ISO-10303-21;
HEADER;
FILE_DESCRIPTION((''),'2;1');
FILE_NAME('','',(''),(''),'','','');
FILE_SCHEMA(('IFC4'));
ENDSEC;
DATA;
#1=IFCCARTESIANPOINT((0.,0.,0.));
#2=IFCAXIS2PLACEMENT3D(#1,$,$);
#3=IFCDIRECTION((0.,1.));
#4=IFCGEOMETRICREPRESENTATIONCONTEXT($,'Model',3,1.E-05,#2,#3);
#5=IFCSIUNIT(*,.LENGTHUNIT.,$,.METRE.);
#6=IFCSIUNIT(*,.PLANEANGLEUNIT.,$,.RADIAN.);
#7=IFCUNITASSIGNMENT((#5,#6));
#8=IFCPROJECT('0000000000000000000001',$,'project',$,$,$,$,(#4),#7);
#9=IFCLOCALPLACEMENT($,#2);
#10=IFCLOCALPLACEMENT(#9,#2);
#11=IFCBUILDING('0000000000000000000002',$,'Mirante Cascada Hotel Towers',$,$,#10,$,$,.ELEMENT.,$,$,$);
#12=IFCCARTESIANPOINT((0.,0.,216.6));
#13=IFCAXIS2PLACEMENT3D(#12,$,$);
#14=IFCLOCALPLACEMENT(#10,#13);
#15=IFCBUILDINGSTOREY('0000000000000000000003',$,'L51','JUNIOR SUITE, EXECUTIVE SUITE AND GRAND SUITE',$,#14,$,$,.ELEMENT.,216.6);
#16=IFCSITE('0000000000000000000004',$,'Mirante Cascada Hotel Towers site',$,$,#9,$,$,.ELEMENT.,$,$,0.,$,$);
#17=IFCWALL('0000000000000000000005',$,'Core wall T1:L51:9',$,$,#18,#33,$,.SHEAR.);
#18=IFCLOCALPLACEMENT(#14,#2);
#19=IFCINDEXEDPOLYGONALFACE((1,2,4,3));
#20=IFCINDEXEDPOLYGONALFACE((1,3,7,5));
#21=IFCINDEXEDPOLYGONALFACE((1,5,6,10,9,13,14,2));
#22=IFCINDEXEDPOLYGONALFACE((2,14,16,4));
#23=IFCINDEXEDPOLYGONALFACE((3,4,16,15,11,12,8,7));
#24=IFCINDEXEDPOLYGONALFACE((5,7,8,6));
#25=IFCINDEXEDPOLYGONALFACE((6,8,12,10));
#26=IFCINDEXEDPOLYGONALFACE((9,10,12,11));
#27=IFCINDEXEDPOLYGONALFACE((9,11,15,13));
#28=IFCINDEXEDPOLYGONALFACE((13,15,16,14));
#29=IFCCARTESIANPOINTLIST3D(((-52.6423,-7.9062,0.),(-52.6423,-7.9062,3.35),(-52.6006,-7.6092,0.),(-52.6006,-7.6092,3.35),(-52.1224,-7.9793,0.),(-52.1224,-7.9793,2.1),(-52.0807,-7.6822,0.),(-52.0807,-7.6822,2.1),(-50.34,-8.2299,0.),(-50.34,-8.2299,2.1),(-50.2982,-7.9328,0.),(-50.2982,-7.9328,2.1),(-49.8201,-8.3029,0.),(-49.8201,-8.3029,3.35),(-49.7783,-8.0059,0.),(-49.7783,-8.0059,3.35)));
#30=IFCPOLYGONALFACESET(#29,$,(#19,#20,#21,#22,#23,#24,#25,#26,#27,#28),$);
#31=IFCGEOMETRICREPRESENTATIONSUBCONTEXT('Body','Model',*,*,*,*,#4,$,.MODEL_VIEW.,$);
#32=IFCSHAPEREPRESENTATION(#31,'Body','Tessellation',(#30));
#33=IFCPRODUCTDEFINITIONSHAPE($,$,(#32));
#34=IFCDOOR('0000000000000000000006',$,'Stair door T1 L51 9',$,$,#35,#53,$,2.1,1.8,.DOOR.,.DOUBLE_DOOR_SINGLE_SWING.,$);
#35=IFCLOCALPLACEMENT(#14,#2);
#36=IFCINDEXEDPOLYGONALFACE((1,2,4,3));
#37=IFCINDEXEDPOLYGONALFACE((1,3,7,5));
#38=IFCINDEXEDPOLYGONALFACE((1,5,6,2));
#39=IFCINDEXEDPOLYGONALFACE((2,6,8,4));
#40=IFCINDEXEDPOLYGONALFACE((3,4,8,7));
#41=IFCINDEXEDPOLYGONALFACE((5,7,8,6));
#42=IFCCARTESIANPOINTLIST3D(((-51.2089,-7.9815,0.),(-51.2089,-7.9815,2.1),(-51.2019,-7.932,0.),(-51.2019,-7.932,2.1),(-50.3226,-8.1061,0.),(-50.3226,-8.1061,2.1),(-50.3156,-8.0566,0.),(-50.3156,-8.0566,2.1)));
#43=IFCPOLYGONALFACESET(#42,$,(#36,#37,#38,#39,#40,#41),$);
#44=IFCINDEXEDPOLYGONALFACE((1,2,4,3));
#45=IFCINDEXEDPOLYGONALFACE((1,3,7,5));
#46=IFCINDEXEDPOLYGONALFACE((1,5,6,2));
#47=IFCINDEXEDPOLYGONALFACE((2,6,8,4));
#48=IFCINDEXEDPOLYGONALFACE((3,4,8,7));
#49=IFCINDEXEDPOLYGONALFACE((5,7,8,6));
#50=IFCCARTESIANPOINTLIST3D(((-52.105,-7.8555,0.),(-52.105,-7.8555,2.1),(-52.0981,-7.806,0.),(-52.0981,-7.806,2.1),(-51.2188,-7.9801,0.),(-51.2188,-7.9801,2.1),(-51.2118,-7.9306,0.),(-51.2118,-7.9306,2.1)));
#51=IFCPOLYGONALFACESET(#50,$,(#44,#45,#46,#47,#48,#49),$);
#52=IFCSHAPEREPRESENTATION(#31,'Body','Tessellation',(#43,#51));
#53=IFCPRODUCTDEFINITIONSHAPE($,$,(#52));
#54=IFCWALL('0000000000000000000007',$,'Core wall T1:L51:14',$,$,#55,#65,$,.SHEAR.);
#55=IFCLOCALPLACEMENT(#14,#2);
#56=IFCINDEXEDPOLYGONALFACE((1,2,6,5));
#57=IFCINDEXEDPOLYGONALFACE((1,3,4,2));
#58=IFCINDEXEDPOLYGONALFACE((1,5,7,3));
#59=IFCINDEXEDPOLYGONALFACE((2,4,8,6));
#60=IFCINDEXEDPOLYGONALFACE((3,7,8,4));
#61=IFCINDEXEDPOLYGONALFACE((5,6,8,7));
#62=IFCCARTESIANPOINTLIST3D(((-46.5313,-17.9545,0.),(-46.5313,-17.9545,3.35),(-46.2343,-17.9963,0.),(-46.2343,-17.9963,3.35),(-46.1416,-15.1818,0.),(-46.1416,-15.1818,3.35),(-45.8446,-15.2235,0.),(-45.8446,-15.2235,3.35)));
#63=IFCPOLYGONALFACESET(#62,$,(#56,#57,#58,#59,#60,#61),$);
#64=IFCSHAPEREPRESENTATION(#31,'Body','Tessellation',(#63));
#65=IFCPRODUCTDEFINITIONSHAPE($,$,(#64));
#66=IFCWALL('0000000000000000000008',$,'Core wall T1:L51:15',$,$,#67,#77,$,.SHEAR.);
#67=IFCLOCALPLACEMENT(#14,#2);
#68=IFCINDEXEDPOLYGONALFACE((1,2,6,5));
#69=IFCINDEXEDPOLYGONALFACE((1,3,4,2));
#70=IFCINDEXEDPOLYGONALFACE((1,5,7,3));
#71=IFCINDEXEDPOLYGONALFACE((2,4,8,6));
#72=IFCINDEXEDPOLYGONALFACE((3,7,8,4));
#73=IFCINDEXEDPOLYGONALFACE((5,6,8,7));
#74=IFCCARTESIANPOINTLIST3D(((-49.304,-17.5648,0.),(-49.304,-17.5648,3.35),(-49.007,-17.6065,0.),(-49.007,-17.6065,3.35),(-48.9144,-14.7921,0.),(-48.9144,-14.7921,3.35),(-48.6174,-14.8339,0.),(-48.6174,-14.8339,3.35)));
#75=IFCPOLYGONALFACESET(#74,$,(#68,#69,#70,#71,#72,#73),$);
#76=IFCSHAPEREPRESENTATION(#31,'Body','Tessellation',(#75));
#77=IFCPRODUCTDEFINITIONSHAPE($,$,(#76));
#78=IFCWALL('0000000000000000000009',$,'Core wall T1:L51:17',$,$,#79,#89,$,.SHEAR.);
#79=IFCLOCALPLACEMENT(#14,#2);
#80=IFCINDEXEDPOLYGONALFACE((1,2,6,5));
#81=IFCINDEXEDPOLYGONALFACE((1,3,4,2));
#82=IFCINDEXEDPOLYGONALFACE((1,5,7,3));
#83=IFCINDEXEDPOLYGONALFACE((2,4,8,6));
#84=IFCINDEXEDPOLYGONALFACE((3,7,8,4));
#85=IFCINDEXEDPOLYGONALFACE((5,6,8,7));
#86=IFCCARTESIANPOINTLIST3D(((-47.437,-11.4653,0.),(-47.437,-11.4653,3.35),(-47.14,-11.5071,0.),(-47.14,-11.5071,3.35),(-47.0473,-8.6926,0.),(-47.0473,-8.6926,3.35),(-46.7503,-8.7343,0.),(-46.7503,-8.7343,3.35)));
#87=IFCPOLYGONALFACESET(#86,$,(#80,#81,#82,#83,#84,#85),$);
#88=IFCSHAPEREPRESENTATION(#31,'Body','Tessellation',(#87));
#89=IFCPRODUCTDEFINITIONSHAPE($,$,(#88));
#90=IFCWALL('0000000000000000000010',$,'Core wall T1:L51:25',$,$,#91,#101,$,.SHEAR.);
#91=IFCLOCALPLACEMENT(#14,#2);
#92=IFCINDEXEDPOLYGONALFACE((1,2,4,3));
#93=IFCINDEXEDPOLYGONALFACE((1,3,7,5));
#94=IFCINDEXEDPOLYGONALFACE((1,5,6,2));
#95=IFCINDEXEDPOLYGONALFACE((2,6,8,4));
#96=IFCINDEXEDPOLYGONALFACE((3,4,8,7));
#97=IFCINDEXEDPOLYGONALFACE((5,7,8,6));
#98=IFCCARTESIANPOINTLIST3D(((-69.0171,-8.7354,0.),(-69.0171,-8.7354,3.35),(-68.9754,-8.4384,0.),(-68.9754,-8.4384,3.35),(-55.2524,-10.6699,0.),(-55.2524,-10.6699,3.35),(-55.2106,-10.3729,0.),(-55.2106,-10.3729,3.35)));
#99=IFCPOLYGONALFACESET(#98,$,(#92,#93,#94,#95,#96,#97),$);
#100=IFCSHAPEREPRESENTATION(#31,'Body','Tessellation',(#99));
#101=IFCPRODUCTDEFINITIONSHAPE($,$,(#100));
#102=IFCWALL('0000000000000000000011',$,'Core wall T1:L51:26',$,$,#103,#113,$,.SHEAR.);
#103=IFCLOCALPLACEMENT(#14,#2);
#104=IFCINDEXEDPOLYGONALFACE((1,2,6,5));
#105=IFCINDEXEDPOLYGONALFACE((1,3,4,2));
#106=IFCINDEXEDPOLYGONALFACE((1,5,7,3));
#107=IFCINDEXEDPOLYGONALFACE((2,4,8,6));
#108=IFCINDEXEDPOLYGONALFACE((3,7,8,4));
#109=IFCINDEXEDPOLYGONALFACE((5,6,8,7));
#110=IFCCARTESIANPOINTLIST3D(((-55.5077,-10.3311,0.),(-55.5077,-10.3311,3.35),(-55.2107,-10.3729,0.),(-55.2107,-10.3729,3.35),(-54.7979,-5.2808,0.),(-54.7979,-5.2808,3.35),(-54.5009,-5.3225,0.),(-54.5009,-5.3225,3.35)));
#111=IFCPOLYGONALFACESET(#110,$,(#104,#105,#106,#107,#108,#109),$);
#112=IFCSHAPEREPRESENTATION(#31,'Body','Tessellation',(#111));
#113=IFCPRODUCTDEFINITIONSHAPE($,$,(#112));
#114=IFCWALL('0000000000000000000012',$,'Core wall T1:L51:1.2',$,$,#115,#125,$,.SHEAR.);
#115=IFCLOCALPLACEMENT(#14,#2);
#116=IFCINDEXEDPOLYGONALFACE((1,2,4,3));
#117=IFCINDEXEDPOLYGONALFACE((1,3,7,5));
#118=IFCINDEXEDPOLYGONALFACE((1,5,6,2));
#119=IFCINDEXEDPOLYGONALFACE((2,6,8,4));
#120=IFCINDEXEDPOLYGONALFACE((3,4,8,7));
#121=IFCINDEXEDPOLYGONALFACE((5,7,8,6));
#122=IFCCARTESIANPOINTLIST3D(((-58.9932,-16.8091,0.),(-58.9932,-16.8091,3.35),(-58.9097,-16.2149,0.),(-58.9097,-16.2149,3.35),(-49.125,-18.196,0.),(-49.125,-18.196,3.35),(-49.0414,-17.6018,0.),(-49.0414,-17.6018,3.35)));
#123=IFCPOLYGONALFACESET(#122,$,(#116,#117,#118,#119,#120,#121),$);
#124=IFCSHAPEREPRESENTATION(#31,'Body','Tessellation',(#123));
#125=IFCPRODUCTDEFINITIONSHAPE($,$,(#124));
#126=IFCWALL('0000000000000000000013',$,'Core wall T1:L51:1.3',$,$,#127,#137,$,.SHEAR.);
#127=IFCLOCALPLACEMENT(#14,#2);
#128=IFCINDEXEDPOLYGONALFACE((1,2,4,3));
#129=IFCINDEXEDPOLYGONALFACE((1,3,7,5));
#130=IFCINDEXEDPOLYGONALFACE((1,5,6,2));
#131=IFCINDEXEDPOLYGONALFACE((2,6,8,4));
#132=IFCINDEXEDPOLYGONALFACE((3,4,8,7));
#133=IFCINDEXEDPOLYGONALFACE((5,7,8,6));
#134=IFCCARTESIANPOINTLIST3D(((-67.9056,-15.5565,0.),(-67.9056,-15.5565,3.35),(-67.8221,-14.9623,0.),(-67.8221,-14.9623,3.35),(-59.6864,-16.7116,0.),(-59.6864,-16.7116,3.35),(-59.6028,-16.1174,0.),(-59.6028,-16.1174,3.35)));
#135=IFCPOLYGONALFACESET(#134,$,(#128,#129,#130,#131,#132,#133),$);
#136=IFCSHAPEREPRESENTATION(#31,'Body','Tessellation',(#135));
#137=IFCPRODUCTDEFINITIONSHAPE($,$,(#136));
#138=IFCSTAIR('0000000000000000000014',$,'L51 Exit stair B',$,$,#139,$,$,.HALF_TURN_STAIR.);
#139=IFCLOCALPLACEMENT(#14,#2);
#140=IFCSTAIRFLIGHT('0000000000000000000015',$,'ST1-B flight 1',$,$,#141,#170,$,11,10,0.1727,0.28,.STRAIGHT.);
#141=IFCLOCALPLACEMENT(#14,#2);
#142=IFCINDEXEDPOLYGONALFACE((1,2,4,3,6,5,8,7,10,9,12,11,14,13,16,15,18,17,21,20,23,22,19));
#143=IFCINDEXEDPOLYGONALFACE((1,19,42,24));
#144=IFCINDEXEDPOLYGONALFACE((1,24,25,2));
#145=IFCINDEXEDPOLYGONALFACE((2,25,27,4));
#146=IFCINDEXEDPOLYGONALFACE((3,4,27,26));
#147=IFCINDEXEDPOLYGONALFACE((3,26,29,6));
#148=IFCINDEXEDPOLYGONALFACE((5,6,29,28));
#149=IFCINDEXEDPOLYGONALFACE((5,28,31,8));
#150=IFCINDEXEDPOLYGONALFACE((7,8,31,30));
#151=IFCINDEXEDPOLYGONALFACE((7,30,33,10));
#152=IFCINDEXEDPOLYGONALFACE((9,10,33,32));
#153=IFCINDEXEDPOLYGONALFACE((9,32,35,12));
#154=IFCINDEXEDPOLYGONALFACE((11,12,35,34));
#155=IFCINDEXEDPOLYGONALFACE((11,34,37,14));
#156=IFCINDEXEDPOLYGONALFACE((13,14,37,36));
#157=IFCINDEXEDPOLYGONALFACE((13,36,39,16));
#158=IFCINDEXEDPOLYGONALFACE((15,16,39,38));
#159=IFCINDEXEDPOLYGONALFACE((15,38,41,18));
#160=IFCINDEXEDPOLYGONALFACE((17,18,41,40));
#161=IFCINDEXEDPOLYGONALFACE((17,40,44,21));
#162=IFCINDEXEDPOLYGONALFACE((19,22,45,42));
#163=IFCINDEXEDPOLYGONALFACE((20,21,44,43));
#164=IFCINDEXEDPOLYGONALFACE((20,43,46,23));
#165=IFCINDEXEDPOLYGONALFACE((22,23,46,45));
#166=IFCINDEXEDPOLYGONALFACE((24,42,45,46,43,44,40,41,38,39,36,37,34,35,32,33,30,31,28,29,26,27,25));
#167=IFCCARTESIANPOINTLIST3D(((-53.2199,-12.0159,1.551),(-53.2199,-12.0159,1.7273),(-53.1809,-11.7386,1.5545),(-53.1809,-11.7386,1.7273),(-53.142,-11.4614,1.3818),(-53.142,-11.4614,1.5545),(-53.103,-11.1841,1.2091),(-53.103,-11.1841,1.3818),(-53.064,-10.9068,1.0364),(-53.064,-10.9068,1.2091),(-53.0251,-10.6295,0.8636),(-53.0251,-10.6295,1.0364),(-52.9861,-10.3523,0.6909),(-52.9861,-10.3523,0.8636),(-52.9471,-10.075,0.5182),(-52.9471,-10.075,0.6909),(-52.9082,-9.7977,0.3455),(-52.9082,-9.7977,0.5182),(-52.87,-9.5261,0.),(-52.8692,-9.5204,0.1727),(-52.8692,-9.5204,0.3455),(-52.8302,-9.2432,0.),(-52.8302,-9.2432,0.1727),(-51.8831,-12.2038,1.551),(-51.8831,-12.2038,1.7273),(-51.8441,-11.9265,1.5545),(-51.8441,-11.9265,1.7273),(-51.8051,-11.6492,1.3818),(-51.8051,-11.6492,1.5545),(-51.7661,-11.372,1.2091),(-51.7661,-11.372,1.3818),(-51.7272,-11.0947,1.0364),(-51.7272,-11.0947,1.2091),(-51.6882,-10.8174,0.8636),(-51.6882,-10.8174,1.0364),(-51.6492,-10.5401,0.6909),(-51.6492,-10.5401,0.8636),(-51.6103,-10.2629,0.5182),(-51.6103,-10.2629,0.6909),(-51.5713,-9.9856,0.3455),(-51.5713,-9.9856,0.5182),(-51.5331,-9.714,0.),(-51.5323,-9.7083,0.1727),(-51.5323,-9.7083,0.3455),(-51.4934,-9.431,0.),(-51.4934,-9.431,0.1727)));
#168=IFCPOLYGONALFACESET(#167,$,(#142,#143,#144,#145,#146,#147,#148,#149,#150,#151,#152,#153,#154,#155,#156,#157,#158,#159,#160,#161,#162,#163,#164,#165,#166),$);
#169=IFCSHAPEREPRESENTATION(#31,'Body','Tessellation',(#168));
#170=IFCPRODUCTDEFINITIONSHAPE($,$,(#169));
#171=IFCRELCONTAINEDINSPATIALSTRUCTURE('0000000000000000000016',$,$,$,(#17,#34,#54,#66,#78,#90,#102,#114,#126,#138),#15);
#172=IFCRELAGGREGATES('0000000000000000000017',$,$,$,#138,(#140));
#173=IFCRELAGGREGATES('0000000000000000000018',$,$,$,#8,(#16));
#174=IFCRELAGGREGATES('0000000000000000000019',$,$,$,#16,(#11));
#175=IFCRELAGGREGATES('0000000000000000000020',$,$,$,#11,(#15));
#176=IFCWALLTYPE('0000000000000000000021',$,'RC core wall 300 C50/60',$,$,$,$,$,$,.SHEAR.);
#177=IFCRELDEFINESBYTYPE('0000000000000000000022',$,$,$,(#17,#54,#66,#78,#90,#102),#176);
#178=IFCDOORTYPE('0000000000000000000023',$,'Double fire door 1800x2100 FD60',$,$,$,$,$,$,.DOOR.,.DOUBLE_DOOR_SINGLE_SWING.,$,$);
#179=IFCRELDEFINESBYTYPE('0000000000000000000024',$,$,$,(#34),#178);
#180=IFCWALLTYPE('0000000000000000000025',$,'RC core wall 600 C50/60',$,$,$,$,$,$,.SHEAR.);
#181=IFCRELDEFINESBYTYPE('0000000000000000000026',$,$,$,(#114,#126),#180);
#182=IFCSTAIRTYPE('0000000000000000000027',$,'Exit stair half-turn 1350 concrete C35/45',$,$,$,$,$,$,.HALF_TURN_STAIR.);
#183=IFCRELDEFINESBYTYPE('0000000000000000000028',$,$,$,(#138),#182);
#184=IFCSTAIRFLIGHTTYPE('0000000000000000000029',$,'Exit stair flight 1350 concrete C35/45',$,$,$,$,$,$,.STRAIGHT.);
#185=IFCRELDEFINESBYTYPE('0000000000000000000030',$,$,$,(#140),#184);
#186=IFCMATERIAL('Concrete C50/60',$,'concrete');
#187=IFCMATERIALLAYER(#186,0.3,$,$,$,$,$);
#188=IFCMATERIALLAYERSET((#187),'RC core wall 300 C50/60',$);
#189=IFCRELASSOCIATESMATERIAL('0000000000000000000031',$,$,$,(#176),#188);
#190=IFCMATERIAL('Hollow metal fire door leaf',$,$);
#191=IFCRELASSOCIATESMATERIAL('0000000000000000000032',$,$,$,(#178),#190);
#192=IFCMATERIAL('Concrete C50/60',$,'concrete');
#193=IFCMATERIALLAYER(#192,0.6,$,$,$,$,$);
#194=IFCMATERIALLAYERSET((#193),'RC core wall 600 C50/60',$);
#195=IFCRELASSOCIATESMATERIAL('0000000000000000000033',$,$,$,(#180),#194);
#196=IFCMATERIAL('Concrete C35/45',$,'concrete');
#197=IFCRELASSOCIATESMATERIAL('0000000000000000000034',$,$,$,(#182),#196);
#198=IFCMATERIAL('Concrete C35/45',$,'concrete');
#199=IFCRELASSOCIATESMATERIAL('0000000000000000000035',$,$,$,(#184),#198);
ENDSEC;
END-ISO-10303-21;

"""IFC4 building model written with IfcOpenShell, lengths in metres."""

from ifc_helpers import new_model, si_unit, direction, frame, frame_2d, origin, place, context, subcontext, project, spatial, polyline, rectangle, outline, extrude, material, layer, layer_set, type_object, element, fill, aggregate, save


model = new_model("IFC4")

# Units and contexts
model_context = context("Model", 3, precision=1e-05, world=origin(), true_north=direction((0.0, 1.0)))
body_context = subcontext(model_context, "Body", "Model", "MODEL_VIEW")
ifc_project = project(units=[si_unit("LENGTHUNIT", "METRE"), si_unit("PLANEANGLEUNIT", "RADIAN")], contexts=[model_context])

# Site, building, storey
site_placement = place(None, origin())
site = spatial("IfcSite", under=ifc_project, at=site_placement, Name="Mirante Cascada Hotel Towers site", CompositionType="ELEMENT", RefElevation=0.0)
building_placement = place(site_placement, origin())
building = spatial("IfcBuilding", under=site, at=building_placement, Name="Mirante Cascada Hotel Towers", CompositionType="ELEMENT")
storey_placement = place(building_placement, frame((0.0, 0.0, 216.6)))
storey = spatial("IfcBuildingStorey", under=building, at=storey_placement, Name="L51", Description="JUNIOR SUITE, EXECUTIVE SUITE AND GRAND SUITE", CompositionType="ELEMENT", Elevation=216.6)

# Shared definitions
ifc_material_1 = material(Name="Concrete C50/60", Category="concrete")
ifc_layer_1 = layer(ifc_material_1, 0.3)
ifc_layer_set_1 = layer_set([ifc_layer_1], Name="RC core wall 300 C50/60")
wall_type_1 = type_object("IfcWallType", Name="RC core wall 300 C50/60", PredefinedType="SHEAR", material=ifc_layer_set_1)

# Wall, opening, door
wall_1_placement = place(storey_placement, frame((-49.7992, -8.1544, 0.0), z_axis=(0.0, 0.0, 1.0), x_axis=(-0.990266, 0.139191, 0.0)))
wall_1 = element("IfcWall", 1, at=wall_1_placement, inside=storey, type_object=wall_type_1, Name="Core wall T1:L51:9", PredefinedType="SHEAR", context=body_context, shape_type="SweptSolid", body=[
    extrude(rectangle(XDim=2.85, YDim=0.3, at=frame_2d((1.425, 0.0))), origin(), (0.0, 0.0, 1.0), 3.35),
])
opening_1_placement = place(wall_1_placement, frame((0.525, 0.0, 0.0)))
opening_1 = element("IfcOpeningElement", 2, at=opening_1_placement, cuts=wall_1, PredefinedType="OPENING", context=body_context, shape_type="SweptSolid", body=[
    extrude(rectangle(XDim=1.8, YDim=2.1, at=frame_2d((0.9, 1.05))), frame((0.0, 0.15, 0.0), z_axis=(0.0, -1.0, 0.0), x_axis=(1.0, 0.0, 0.0)), (0.0, 0.0, 1.0), 0.3),
])
ifc_material_2 = material(Name="Hollow metal fire door leaf")
door_type_1 = type_object("IfcDoorType", Name="Double fire door 1800x2100 FD60", OperationType="DOUBLE_DOOR_SINGLE_SWING", PredefinedType="DOOR", material=ifc_material_2)
door_1_placement = place(opening_1_placement, origin())
door_1 = element("IfcDoor", 3, at=door_1_placement, inside=storey, type_object=door_type_1, Name="Stair door T1 L51 9", OperationType="DOUBLE_DOOR_SINGLE_SWING", OverallHeight=2.1, OverallWidth=1.8, PredefinedType="DOOR", context=body_context, shape_type="SweptSolid", body=[
    extrude(rectangle(XDim=0.895, YDim=2.1, at=frame_2d((0.4475, 1.05))), frame((0.0, 0.025, 0.0), z_axis=(0.0, -1.0, 0.0), x_axis=(1.0, 0.0, 0.0)), (0.0, 0.0, 1.0), 0.05),
    extrude(rectangle(XDim=0.895, YDim=2.1, at=frame_2d((1.3525, 1.05))), frame((0.0, 0.025, 0.0), z_axis=(0.0, -1.0, 0.0), x_axis=(1.0, 0.0, 0.0)), (0.0, 0.0, 1.0), 0.05),
])
fill(opening_1, door_1)

# Walls
wall_2_placement = place(storey_placement, frame((-46.3828, -17.9754, 0.0), z_axis=(0.0, 0.0, 1.0), x_axis=(0.139181, 0.990267, 0.0)))
element("IfcWall", 4, at=wall_2_placement, inside=storey, type_object=wall_type_1, Name="Core wall T1:L51:14", PredefinedType="SHEAR", context=body_context, shape_type="SweptSolid", body=[
    extrude(rectangle(XDim=2.8, YDim=0.3, at=frame_2d((1.4, 0.0))), origin(), (0.0, 0.0, 1.0), 3.35),
])
wall_3_placement = place(storey_placement, frame((-49.1555, -17.5857, 0.0), z_axis=(0.0, 0.0, 1.0), x_axis=(0.139146, 0.990272, 0.0)))
element("IfcWall", 5, at=wall_3_placement, inside=storey, type_object=wall_type_1, Name="Core wall T1:L51:15", PredefinedType="SHEAR", context=body_context, shape_type="SweptSolid", body=[
    extrude(rectangle(XDim=2.7999, YDim=0.3, at=frame_2d((1.4, 0.0))), origin(), (0.0, 0.0, 1.0), 3.35),
])
wall_4_placement = place(storey_placement, frame((-47.2885, -11.4862, 0.0), z_axis=(0.0, 0.0, 1.0), x_axis=(0.139181, 0.990267, 0.0)))
element("IfcWall", 6, at=wall_4_placement, inside=storey, type_object=wall_type_1, Name="Core wall T1:L51:17", PredefinedType="SHEAR", context=body_context, shape_type="SweptSolid", body=[
    extrude(rectangle(XDim=2.8, YDim=0.3, at=frame_2d((1.4, 0.0))), origin(), (0.0, 0.0, 1.0), 3.35),
])
wall_5_placement = place(storey_placement, frame((-55.2315, -10.5214, 0.0), z_axis=(0.0, 0.0, 1.0), x_axis=(-0.990268, 0.139173, 0.0)))
element("IfcWall", 7, at=wall_5_placement, inside=storey, type_object=wall_type_1, Name="Core wall T1:L51:25", PredefinedType="SHEAR", context=body_context, shape_type="SweptSolid", body=[
    extrude(rectangle(XDim=13.9, YDim=0.3, at=frame_2d((6.95, 0.0))), origin(), (0.0, 0.0, 1.0), 3.35),
])
wall_6_placement = place(storey_placement, frame((-55.3592, -10.352, 0.0), z_axis=(0.0, 0.0, 1.0), x_axis=(0.139176, 0.990268, 0.0)))
element("IfcWall", 8, at=wall_6_placement, inside=storey, type_object=wall_type_1, Name="Core wall T1:L51:26", PredefinedType="SHEAR", context=body_context, shape_type="SweptSolid", body=[
    extrude(rectangle(XDim=5.1, YDim=0.3, at=frame_2d((2.55, 0.0))), origin(), (0.0, 0.0, 1.0), 3.35),
])
ifc_material_3 = material(Name="Concrete C50/60", Category="concrete")
ifc_layer_2 = layer(ifc_material_3, 0.6)
ifc_layer_set_2 = layer_set([ifc_layer_2], Name="RC core wall 600 C50/60")
wall_type_2 = type_object("IfcWallType", Name="RC core wall 600 C50/60", PredefinedType="SHEAR", material=ifc_layer_set_2)
wall_7_placement = place(storey_placement, frame((-49.0832, -17.8989, 0.0), z_axis=(0.0, 0.0, 1.0), x_axis=(-0.990268, 0.139175, 0.0)))
element("IfcWall", 9, at=wall_7_placement, inside=storey, type_object=wall_type_2, Name="Core wall T1:L51:1.2", PredefinedType="SHEAR", context=body_context, shape_type="SweptSolid", body=[
    extrude(rectangle(XDim=9.9652, YDim=0.6, at=frame_2d((4.9826, 0.0))), origin(), (0.0, 0.0, 1.0), 3.35),
])
wall_8_placement = place(storey_placement, frame((-59.6446, -16.4145, 0.0), z_axis=(0.0, 0.0, 1.0), x_axis=(-0.990269, 0.139169, 0.0)))
element("IfcWall", 10, at=wall_8_placement, inside=storey, type_object=wall_type_2, Name="Core wall T1:L51:1.3", PredefinedType="SHEAR", context=body_context, shape_type="SweptSolid", body=[
    extrude(rectangle(XDim=8.3, YDim=0.6, at=frame_2d((4.15, 0.0))), origin(), (0.0, 0.0, 1.0), 3.35),
])

# Stair, stair flight
ifc_material_4 = material(Name="Concrete C35/45", Category="concrete")
stair_type = type_object("IfcStairType", Name="Exit stair half-turn 1350 concrete C35/45", PredefinedType="HALF_TURN_STAIR", material=ifc_material_4)
stair_placement = place(storey_placement, origin())
stair = element("IfcStair", 11, at=stair_placement, inside=storey, type_object=stair_type, Name="L51 Exit stair B", PredefinedType="HALF_TURN_STAIR")
ifc_material_5 = material(Name="Concrete C35/45", Category="concrete")
stair_flight_type = type_object("IfcStairFlightType", Name="Exit stair flight 1350 concrete C35/45", PredefinedType="STRAIGHT", material=ifc_material_5)
stair_flight_1_placement = place(storey_placement, frame((-52.1618, -9.3371, 0.0), z_axis=(0.0, 0.0, 1.0), x_axis=(-0.139173, -0.990268, 0.0)))
stair_flight_1 = element("IfcStairFlight", 12, at=stair_flight_1_placement, type_object=stair_flight_type, Name="ST1-B flight 1", NumberOfRisers=11, NumberOfTreads=10, PredefinedType="STRAIGHT", RiserHeight=0.1727, TreadLength=0.28, context=body_context, shape_type="SweptSolid", body=[
    extrude(outline(polyline([(0.0, 0.0), (0.0, 0.1727), (0.28, 0.1727), (0.28, 0.3455), (0.56, 0.3455), (0.56, 0.5182), (0.84, 0.5182), (0.84, 0.6909), (1.12, 0.6909), (1.12, 0.8636), (1.4, 0.8636), (1.4, 1.0364), (1.68, 1.0364), (1.68, 1.2091), (1.96, 1.2091), (1.96, 1.3818), (2.24, 1.3818), (2.24, 1.5545), (2.52, 1.5545), (2.52, 1.7273), (2.8, 1.7273), (2.8, 1.9), (2.8, 1.551), (0.2857, 0.0), (0.0, 0.0)])), frame((0.0, 0.675, 0.0), z_axis=(0.0, -1.0, 0.0), x_axis=(1.0, 0.0, 0.0)), (0.0, 0.0, 1.0), 1.35),
])
aggregate(stair, [stair_flight_1])

save(model, "model.ifc")
